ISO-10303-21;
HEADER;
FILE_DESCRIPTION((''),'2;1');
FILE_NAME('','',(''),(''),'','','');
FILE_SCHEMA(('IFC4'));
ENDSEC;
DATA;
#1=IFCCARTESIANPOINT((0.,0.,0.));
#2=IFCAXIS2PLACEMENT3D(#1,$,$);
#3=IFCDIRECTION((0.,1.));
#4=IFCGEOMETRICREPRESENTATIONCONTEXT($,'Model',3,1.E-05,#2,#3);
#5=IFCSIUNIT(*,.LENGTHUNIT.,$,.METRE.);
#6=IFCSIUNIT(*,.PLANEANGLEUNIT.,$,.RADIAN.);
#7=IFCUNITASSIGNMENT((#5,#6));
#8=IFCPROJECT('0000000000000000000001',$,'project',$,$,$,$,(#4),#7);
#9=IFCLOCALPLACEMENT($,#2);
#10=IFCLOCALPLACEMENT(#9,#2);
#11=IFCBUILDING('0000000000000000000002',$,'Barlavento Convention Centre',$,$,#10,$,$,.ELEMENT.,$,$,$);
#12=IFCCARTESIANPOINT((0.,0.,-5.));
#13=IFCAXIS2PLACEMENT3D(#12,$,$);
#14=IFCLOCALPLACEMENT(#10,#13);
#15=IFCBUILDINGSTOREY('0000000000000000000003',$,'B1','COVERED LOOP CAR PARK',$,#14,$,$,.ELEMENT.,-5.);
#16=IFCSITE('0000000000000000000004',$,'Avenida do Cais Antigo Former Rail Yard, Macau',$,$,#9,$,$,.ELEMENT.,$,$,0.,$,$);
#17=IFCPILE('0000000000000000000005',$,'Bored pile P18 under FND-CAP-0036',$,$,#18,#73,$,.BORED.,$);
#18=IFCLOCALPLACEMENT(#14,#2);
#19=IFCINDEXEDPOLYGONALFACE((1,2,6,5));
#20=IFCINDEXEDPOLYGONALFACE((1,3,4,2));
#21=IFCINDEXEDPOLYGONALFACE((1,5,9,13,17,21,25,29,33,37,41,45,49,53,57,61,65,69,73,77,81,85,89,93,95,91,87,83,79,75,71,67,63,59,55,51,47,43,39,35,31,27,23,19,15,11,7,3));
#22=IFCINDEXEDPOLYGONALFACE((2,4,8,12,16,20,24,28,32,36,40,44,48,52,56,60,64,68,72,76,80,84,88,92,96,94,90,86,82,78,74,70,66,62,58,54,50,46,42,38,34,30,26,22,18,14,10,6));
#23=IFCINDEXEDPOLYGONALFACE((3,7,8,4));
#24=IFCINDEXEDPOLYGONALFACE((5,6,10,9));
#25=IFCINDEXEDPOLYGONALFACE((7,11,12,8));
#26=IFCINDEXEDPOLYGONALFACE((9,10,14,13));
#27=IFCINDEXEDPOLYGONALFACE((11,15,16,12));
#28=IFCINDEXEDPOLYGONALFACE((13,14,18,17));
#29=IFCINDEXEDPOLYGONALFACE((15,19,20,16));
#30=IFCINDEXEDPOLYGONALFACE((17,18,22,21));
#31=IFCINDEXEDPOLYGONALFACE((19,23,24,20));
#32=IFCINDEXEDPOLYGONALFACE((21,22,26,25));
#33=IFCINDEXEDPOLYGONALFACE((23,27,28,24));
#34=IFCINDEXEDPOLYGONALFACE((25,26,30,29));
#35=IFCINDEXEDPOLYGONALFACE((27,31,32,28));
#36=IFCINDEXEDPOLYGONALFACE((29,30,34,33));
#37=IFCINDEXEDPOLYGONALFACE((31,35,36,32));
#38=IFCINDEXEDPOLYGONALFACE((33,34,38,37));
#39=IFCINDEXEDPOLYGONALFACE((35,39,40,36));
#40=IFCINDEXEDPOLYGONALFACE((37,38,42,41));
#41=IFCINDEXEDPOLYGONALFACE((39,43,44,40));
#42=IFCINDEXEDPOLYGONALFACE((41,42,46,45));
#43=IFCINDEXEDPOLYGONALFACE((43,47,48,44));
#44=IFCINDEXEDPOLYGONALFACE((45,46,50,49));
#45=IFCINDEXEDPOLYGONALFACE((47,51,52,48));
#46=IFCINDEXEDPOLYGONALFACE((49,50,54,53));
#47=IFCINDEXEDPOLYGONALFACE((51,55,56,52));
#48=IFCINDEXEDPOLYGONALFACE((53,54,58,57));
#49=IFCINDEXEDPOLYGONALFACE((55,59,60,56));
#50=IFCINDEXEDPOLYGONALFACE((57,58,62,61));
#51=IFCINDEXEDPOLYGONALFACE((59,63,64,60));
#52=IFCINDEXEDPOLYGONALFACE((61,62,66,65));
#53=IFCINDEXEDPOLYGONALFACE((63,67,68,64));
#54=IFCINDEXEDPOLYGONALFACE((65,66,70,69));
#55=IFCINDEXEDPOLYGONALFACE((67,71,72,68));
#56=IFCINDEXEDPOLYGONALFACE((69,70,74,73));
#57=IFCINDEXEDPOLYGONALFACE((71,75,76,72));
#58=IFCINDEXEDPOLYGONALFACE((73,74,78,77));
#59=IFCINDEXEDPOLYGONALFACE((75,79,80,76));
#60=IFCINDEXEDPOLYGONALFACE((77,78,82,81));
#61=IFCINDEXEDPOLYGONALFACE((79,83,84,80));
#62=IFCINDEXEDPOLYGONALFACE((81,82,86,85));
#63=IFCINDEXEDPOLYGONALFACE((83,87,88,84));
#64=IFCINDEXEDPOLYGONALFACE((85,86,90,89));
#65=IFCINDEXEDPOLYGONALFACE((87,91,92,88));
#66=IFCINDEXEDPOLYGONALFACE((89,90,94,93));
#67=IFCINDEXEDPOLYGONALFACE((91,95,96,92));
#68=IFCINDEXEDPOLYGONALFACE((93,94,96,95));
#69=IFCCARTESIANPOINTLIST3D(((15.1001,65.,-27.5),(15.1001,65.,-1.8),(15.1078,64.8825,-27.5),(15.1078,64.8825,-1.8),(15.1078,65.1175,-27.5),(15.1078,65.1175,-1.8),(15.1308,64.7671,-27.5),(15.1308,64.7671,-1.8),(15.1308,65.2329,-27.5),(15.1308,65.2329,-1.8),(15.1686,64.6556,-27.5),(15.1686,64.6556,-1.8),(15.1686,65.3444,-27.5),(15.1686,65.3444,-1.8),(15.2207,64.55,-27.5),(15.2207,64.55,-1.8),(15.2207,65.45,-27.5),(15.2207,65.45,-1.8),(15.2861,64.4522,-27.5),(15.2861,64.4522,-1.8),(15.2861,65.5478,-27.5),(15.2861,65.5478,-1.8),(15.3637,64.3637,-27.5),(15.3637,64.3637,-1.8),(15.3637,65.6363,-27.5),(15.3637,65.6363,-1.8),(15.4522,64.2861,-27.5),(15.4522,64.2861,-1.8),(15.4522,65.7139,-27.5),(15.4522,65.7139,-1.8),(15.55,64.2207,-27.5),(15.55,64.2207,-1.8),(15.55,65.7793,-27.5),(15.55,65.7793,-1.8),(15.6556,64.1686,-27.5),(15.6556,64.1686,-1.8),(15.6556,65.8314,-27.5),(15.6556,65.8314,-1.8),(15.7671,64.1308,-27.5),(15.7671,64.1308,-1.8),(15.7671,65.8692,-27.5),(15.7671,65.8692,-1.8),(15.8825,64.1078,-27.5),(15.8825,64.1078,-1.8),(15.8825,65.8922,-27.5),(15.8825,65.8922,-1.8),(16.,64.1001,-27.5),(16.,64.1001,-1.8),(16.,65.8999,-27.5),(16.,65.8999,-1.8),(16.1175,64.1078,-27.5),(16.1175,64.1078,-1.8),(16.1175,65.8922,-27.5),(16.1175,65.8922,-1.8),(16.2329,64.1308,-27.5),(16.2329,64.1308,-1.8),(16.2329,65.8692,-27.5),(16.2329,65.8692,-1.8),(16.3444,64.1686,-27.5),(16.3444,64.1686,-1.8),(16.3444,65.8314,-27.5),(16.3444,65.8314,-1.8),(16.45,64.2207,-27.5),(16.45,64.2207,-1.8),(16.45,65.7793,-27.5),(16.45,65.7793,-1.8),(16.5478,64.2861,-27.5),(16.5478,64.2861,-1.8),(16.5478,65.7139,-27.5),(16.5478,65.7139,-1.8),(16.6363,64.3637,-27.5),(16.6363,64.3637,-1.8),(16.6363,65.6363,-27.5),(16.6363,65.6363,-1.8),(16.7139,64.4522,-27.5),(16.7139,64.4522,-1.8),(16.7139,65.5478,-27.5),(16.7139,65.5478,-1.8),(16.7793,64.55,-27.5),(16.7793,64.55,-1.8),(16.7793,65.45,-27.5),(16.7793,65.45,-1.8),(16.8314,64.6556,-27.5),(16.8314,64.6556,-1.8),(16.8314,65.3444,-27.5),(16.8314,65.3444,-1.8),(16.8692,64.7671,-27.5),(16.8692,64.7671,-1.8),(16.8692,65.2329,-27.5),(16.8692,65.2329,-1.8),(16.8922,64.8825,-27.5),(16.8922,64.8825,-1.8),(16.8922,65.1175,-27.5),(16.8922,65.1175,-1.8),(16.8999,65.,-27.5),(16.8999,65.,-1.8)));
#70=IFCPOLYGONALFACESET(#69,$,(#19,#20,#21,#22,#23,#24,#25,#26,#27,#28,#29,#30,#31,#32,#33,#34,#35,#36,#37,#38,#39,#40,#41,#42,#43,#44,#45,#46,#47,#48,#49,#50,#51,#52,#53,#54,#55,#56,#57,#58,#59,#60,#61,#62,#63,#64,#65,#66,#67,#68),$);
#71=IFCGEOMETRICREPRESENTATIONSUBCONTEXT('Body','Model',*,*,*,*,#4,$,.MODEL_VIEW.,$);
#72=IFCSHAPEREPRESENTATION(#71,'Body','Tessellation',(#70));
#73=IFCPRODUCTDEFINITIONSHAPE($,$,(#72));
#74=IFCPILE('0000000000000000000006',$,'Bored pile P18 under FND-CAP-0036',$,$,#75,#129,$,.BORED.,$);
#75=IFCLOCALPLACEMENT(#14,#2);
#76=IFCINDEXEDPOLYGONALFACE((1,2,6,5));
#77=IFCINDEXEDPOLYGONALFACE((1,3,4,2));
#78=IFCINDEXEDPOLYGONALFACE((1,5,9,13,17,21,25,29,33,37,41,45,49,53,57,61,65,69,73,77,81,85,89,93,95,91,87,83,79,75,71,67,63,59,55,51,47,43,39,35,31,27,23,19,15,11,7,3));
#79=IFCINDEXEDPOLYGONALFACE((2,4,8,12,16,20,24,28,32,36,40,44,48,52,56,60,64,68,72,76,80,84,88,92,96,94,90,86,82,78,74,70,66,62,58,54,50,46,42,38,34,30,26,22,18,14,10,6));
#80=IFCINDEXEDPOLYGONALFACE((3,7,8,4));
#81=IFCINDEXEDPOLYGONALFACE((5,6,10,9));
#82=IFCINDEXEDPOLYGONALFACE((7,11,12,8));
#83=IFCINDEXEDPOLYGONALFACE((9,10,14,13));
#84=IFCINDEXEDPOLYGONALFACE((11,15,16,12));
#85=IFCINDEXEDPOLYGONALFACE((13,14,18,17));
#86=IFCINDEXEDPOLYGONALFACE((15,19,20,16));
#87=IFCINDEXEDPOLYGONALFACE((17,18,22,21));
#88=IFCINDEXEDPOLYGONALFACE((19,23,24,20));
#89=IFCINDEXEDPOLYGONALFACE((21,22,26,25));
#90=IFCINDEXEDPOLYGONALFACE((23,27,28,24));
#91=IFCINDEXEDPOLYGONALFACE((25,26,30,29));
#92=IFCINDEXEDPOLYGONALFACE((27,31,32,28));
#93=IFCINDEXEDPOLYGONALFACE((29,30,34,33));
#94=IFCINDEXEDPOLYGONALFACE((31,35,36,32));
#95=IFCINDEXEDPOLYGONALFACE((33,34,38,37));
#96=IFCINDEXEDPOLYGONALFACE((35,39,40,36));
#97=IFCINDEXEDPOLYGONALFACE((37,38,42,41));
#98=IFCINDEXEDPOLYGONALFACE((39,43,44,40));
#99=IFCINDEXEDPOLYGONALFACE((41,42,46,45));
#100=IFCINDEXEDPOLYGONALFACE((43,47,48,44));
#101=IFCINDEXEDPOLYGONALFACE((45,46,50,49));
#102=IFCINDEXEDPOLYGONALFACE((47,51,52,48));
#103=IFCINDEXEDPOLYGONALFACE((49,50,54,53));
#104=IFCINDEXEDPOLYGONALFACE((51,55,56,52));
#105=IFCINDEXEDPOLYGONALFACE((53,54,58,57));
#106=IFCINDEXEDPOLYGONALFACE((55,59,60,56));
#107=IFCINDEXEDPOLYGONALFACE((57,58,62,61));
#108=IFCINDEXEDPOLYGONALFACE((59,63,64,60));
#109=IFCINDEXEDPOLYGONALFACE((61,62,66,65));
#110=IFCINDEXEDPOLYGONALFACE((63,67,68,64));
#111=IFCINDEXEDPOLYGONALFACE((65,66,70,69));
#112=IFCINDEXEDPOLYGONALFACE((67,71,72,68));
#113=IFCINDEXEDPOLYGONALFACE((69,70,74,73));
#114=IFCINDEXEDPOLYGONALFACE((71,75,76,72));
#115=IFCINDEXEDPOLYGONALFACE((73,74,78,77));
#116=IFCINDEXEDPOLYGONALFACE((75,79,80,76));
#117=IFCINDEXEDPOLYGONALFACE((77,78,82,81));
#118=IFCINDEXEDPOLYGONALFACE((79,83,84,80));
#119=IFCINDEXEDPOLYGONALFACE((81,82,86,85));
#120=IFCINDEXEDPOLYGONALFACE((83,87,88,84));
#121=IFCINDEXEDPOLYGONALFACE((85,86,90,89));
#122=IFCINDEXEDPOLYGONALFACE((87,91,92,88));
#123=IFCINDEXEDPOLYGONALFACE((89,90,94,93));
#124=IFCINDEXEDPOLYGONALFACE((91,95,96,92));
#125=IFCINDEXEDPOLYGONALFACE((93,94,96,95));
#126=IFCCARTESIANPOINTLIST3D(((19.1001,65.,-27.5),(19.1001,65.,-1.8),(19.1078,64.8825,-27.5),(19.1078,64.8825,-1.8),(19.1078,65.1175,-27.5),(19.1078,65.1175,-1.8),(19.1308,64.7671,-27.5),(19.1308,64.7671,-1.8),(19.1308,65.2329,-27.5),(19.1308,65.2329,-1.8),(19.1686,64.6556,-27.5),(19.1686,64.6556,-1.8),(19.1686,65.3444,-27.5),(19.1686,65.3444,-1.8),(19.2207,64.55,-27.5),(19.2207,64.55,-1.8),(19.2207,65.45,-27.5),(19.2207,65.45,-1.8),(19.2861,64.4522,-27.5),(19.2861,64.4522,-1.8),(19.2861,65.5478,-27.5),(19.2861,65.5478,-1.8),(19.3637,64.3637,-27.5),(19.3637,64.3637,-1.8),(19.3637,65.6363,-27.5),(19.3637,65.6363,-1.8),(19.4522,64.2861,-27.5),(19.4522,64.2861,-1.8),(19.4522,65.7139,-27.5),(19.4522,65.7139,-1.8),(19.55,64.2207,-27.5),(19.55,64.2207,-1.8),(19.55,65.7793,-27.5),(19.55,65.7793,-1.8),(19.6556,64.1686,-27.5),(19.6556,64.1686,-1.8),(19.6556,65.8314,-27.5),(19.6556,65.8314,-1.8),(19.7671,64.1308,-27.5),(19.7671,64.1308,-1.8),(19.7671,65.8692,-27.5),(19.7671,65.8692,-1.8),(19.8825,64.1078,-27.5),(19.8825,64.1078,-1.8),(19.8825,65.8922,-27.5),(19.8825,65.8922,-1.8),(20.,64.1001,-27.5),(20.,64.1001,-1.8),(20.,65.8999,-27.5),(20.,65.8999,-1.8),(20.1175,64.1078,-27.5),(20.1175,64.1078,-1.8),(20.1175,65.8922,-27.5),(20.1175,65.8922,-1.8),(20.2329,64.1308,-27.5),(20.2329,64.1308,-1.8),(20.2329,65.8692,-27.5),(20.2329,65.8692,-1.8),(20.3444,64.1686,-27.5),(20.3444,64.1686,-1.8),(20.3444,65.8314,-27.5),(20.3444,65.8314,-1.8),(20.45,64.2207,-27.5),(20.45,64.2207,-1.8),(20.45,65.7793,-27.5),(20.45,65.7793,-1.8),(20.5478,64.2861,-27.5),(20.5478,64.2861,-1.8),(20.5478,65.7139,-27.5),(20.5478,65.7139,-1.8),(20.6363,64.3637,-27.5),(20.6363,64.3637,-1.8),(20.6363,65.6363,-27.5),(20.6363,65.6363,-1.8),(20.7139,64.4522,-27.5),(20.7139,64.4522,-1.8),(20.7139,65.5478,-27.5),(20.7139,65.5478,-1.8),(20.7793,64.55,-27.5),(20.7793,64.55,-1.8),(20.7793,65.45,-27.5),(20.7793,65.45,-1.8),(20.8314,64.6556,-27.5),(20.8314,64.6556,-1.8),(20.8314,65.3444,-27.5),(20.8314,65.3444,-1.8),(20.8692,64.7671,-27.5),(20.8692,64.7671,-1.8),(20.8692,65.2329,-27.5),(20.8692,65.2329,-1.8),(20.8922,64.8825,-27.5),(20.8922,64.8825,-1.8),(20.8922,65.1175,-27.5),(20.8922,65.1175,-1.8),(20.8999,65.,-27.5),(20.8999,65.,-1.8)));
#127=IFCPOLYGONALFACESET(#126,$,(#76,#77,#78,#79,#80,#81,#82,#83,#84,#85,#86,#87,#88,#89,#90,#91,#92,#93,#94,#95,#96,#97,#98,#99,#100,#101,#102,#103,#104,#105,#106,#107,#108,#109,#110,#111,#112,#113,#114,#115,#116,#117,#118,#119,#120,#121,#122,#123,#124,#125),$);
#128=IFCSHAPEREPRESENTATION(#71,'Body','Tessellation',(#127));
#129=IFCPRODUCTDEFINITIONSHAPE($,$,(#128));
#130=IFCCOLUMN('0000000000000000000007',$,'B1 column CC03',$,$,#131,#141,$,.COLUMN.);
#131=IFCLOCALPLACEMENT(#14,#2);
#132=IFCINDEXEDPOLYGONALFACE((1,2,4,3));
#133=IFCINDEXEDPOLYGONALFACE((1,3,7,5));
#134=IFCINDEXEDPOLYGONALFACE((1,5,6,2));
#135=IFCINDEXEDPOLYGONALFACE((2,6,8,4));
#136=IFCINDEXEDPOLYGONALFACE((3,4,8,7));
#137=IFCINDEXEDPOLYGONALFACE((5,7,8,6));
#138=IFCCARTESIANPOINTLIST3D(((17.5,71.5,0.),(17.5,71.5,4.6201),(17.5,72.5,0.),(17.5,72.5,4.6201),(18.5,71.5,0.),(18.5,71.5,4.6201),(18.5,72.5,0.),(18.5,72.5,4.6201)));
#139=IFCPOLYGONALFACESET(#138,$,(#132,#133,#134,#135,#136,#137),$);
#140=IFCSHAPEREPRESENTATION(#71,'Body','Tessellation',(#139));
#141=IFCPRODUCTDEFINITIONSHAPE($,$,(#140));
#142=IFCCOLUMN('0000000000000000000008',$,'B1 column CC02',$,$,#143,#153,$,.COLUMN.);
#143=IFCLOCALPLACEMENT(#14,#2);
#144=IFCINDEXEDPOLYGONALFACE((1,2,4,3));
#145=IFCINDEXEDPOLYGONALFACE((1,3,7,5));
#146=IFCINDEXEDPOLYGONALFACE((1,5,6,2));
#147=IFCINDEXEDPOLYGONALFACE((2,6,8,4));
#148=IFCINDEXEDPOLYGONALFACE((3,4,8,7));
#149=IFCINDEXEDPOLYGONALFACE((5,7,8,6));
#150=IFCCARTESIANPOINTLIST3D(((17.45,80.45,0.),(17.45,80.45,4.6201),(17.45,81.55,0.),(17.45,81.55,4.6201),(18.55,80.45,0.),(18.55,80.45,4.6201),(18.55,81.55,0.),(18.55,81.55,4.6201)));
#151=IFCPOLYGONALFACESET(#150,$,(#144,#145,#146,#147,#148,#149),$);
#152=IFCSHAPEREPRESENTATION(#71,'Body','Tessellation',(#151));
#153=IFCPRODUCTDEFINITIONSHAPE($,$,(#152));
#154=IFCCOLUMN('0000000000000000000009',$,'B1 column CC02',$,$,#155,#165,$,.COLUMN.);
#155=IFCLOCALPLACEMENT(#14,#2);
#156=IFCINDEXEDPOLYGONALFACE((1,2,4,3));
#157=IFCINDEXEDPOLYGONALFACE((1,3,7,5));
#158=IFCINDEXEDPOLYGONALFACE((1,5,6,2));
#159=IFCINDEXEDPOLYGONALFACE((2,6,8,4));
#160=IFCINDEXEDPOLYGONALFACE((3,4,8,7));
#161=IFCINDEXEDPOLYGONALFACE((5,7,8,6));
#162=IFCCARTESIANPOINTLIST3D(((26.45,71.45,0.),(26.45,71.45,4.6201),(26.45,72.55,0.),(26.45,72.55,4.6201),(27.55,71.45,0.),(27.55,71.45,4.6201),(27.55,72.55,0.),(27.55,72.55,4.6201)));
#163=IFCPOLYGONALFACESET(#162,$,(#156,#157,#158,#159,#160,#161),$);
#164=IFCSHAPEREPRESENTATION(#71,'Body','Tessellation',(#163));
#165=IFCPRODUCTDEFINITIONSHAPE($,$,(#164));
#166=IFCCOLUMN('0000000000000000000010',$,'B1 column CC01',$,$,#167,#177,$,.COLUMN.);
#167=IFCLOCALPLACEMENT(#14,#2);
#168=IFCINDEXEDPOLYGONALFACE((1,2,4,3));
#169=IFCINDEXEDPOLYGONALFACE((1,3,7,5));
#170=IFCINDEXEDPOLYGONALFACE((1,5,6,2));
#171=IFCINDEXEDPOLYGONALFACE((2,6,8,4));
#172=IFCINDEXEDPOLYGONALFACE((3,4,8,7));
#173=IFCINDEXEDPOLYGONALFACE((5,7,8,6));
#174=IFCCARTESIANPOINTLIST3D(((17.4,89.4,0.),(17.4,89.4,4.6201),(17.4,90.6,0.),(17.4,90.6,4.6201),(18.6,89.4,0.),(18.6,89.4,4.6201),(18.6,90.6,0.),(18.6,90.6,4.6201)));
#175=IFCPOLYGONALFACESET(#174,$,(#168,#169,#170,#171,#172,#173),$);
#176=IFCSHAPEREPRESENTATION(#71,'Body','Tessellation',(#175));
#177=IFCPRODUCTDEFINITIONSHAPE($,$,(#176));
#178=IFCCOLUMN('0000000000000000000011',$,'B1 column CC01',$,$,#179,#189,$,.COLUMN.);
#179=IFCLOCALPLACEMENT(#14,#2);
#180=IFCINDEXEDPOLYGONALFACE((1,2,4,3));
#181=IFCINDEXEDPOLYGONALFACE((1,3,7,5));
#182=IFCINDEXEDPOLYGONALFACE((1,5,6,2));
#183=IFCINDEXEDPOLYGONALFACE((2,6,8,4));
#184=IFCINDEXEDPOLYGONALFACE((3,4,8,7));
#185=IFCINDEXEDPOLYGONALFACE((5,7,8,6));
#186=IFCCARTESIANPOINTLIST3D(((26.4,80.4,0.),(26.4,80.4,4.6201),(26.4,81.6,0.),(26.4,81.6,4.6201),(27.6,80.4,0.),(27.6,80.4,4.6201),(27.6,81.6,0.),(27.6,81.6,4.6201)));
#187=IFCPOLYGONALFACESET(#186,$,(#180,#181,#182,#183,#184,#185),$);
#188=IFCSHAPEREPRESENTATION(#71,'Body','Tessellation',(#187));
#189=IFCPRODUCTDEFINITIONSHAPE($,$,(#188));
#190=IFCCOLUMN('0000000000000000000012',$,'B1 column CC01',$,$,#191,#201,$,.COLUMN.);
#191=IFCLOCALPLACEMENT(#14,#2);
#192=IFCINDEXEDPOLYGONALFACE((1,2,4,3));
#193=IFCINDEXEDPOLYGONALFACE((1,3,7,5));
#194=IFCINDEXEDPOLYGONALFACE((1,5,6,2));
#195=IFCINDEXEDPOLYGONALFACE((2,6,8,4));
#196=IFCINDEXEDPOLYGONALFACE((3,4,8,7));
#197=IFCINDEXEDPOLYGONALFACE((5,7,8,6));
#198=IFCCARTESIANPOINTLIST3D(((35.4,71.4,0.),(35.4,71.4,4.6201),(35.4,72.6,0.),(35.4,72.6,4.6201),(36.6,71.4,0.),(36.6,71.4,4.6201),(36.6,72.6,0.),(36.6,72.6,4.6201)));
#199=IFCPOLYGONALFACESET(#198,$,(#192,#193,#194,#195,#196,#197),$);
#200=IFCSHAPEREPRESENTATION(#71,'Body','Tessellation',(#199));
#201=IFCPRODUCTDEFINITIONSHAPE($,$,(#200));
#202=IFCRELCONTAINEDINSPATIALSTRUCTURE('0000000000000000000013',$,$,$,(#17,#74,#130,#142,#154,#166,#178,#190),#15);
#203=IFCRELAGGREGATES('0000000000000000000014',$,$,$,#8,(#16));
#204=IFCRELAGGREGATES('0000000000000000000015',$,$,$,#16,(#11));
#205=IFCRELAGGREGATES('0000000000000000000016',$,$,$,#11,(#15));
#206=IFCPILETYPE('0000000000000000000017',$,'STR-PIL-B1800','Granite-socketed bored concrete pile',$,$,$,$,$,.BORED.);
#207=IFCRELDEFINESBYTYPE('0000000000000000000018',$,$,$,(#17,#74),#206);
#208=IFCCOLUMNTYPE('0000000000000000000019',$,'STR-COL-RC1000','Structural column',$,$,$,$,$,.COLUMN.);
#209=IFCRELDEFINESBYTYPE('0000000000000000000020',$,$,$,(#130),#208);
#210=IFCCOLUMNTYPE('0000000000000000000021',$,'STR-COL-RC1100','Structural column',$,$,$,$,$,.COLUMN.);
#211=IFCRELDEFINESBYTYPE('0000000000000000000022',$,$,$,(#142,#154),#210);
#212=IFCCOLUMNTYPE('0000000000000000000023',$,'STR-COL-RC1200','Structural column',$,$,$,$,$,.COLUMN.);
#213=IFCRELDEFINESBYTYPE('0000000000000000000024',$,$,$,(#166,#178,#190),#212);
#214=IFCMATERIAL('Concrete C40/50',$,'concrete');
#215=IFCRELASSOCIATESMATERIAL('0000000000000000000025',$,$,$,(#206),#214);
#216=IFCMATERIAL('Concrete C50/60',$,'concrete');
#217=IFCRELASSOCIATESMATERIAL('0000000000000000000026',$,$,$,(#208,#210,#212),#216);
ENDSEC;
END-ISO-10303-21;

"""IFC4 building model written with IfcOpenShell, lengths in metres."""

from ifc_helpers import new_model, si_unit, direction, frame, origin, origin_2d, place, context, subcontext, project, spatial, rectangle, circle, extrude, material, material_profile, profile_set, type_object, element, save


model = new_model("IFC4")

# Units and contexts
model_context = context("Model", 3, precision=1e-05, world=origin(), true_north=direction((0.0, 1.0)))
body_context = subcontext(model_context, "Body", "Model", "MODEL_VIEW")
ifc_project = project(units=[si_unit("LENGTHUNIT", "METRE"), si_unit("PLANEANGLEUNIT", "RADIAN")], contexts=[model_context])

# Site, building, storey
site_placement = place(None, origin())
site = spatial("IfcSite", under=ifc_project, at=site_placement, Name="Avenida do Cais Antigo Former Rail Yard, Macau", CompositionType="ELEMENT", RefElevation=0.0)
building_placement = place(site_placement, origin())
building = spatial("IfcBuilding", under=site, at=building_placement, Name="Barlavento Convention Centre", CompositionType="ELEMENT")
storey_placement = place(building_placement, frame((0.0, 0.0, -5.0)))
storey = spatial("IfcBuildingStorey", under=building, at=storey_placement, Name="B1", Description="COVERED LOOP CAR PARK", CompositionType="ELEMENT", Elevation=-5.0)

# Shared definitions
ifc_material_1 = material(Name="Concrete C40/50", Category="concrete")

# Piles
ifc_material_profile_1 = material_profile(ifc_material_1, circle(Radius=0.8999, at=origin_2d()), Name="BORED PILE 1800")
ifc_profile_set_1 = profile_set([ifc_material_profile_1], Name="Concrete C40/50")
pile_type_1 = type_object("IfcPileType", Name="STR-PIL-B1800", Description="Granite-socketed bored concrete pile", PredefinedType="BORED", material=ifc_profile_set_1)
for number, where, z_axis, x_axis, name in (
    (1, (16.0, 65.0, -1.8), (0.0, 0.0, -1.0), (1.0, 0.0, 0.0), "Bored pile P18 under FND-CAP-0036"),
    (2, (20.0, 65.0, -1.8), (0.0, 0.0, -1.0), (1.0, 0.0, 0.0), "Bored pile P18 under FND-CAP-0036"),
):
    element("IfcPile", number, at=place(storey_placement, frame(where, z_axis=z_axis, x_axis=x_axis)), inside=storey, type_object=pile_type_1, Name=name, PredefinedType="BORED", context=body_context, shape_type="SweptSolid", body=[
        extrude(circle(Radius=0.8999, at=origin_2d()), origin(), (0.0, 0.0, 1.0), 25.7),
    ])

# Columns
ifc_material_2 = material(Name="Concrete C50/60", Category="concrete")
ifc_material_profile_2 = material_profile(ifc_material_2, rectangle(XDim=1.0, YDim=1.0, at=origin_2d()), Name="RC 1000x1000")
ifc_profile_set_2 = profile_set([ifc_material_profile_2], Name="Concrete C50/60")
column_type_1 = type_object("IfcColumnType", Name="STR-COL-RC1000", Description="Structural column", PredefinedType="COLUMN", material=ifc_profile_set_2)
column_placement = place(storey_placement, frame((18.0, 72.0, 0.0), z_axis=(0.0, 0.0, 1.0), x_axis=(1.0, 0.0, 0.0)))
element("IfcColumn", 3, at=column_placement, inside=storey, type_object=column_type_1, Name="B1 column CC03", PredefinedType="COLUMN", context=body_context, shape_type="SweptSolid", body=[
    extrude(rectangle(XDim=1.0, YDim=1.0, at=origin_2d()), origin(), (0.0, 0.0, 1.0), 4.6201),
])
ifc_material_profile_3 = material_profile(ifc_material_2, rectangle(XDim=1.1001, YDim=1.1001, at=origin_2d()), Name="RC 1100x1100")
ifc_profile_set_3 = profile_set([ifc_material_profile_3], Name="Concrete C50/60")
column_type_2 = type_object("IfcColumnType", Name="STR-COL-RC1100", Description="Structural column", PredefinedType="COLUMN", material=ifc_profile_set_3)
for number, where, z_axis, x_axis, name in (
    (4, (18.0, 81.0, 0.0), (0.0, 0.0, 1.0), (1.0, 0.0, 0.0), "B1 column CC02"),
    (5, (27.0, 72.0, 0.0), (0.0, 0.0, 1.0), (1.0, 0.0, 0.0), "B1 column CC02"),
):
    element("IfcColumn", number, at=place(storey_placement, frame(where, z_axis=z_axis, x_axis=x_axis)), inside=storey, type_object=column_type_2, Name=name, PredefinedType="COLUMN", context=body_context, shape_type="SweptSolid", body=[
        extrude(rectangle(XDim=1.1001, YDim=1.1001, at=origin_2d()), origin(), (0.0, 0.0, 1.0), 4.6201),
    ])
ifc_material_profile_4 = material_profile(ifc_material_2, rectangle(XDim=1.2, YDim=1.2, at=origin_2d()), Name="RC 1200x1200")
ifc_profile_set_4 = profile_set([ifc_material_profile_4], Name="Concrete C50/60")
column_type_3 = type_object("IfcColumnType", Name="STR-COL-RC1200", Description="Structural column", PredefinedType="COLUMN", material=ifc_profile_set_4)
for number, where, z_axis, x_axis, name in (
    (6, (18.0, 90.0, 0.0), (0.0, 0.0, 1.0), (1.0, 0.0, 0.0), "B1 column CC01"),
    (7, (27.0, 81.0, 0.0), (0.0, 0.0, 1.0), (1.0, 0.0, 0.0), "B1 column CC01"),
    (8, (36.0, 72.0, 0.0), (0.0, 0.0, 1.0), (1.0, 0.0, 0.0), "B1 column CC01"),
):
    element("IfcColumn", number, at=place(storey_placement, frame(where, z_axis=z_axis, x_axis=x_axis)), inside=storey, type_object=column_type_3, Name=name, PredefinedType="COLUMN", context=body_context, shape_type="SweptSolid", body=[
        extrude(rectangle(XDim=1.2, YDim=1.2, at=origin_2d()), origin(), (0.0, 0.0, 1.0), 4.6201),
    ])

save(model, "model.ifc")
